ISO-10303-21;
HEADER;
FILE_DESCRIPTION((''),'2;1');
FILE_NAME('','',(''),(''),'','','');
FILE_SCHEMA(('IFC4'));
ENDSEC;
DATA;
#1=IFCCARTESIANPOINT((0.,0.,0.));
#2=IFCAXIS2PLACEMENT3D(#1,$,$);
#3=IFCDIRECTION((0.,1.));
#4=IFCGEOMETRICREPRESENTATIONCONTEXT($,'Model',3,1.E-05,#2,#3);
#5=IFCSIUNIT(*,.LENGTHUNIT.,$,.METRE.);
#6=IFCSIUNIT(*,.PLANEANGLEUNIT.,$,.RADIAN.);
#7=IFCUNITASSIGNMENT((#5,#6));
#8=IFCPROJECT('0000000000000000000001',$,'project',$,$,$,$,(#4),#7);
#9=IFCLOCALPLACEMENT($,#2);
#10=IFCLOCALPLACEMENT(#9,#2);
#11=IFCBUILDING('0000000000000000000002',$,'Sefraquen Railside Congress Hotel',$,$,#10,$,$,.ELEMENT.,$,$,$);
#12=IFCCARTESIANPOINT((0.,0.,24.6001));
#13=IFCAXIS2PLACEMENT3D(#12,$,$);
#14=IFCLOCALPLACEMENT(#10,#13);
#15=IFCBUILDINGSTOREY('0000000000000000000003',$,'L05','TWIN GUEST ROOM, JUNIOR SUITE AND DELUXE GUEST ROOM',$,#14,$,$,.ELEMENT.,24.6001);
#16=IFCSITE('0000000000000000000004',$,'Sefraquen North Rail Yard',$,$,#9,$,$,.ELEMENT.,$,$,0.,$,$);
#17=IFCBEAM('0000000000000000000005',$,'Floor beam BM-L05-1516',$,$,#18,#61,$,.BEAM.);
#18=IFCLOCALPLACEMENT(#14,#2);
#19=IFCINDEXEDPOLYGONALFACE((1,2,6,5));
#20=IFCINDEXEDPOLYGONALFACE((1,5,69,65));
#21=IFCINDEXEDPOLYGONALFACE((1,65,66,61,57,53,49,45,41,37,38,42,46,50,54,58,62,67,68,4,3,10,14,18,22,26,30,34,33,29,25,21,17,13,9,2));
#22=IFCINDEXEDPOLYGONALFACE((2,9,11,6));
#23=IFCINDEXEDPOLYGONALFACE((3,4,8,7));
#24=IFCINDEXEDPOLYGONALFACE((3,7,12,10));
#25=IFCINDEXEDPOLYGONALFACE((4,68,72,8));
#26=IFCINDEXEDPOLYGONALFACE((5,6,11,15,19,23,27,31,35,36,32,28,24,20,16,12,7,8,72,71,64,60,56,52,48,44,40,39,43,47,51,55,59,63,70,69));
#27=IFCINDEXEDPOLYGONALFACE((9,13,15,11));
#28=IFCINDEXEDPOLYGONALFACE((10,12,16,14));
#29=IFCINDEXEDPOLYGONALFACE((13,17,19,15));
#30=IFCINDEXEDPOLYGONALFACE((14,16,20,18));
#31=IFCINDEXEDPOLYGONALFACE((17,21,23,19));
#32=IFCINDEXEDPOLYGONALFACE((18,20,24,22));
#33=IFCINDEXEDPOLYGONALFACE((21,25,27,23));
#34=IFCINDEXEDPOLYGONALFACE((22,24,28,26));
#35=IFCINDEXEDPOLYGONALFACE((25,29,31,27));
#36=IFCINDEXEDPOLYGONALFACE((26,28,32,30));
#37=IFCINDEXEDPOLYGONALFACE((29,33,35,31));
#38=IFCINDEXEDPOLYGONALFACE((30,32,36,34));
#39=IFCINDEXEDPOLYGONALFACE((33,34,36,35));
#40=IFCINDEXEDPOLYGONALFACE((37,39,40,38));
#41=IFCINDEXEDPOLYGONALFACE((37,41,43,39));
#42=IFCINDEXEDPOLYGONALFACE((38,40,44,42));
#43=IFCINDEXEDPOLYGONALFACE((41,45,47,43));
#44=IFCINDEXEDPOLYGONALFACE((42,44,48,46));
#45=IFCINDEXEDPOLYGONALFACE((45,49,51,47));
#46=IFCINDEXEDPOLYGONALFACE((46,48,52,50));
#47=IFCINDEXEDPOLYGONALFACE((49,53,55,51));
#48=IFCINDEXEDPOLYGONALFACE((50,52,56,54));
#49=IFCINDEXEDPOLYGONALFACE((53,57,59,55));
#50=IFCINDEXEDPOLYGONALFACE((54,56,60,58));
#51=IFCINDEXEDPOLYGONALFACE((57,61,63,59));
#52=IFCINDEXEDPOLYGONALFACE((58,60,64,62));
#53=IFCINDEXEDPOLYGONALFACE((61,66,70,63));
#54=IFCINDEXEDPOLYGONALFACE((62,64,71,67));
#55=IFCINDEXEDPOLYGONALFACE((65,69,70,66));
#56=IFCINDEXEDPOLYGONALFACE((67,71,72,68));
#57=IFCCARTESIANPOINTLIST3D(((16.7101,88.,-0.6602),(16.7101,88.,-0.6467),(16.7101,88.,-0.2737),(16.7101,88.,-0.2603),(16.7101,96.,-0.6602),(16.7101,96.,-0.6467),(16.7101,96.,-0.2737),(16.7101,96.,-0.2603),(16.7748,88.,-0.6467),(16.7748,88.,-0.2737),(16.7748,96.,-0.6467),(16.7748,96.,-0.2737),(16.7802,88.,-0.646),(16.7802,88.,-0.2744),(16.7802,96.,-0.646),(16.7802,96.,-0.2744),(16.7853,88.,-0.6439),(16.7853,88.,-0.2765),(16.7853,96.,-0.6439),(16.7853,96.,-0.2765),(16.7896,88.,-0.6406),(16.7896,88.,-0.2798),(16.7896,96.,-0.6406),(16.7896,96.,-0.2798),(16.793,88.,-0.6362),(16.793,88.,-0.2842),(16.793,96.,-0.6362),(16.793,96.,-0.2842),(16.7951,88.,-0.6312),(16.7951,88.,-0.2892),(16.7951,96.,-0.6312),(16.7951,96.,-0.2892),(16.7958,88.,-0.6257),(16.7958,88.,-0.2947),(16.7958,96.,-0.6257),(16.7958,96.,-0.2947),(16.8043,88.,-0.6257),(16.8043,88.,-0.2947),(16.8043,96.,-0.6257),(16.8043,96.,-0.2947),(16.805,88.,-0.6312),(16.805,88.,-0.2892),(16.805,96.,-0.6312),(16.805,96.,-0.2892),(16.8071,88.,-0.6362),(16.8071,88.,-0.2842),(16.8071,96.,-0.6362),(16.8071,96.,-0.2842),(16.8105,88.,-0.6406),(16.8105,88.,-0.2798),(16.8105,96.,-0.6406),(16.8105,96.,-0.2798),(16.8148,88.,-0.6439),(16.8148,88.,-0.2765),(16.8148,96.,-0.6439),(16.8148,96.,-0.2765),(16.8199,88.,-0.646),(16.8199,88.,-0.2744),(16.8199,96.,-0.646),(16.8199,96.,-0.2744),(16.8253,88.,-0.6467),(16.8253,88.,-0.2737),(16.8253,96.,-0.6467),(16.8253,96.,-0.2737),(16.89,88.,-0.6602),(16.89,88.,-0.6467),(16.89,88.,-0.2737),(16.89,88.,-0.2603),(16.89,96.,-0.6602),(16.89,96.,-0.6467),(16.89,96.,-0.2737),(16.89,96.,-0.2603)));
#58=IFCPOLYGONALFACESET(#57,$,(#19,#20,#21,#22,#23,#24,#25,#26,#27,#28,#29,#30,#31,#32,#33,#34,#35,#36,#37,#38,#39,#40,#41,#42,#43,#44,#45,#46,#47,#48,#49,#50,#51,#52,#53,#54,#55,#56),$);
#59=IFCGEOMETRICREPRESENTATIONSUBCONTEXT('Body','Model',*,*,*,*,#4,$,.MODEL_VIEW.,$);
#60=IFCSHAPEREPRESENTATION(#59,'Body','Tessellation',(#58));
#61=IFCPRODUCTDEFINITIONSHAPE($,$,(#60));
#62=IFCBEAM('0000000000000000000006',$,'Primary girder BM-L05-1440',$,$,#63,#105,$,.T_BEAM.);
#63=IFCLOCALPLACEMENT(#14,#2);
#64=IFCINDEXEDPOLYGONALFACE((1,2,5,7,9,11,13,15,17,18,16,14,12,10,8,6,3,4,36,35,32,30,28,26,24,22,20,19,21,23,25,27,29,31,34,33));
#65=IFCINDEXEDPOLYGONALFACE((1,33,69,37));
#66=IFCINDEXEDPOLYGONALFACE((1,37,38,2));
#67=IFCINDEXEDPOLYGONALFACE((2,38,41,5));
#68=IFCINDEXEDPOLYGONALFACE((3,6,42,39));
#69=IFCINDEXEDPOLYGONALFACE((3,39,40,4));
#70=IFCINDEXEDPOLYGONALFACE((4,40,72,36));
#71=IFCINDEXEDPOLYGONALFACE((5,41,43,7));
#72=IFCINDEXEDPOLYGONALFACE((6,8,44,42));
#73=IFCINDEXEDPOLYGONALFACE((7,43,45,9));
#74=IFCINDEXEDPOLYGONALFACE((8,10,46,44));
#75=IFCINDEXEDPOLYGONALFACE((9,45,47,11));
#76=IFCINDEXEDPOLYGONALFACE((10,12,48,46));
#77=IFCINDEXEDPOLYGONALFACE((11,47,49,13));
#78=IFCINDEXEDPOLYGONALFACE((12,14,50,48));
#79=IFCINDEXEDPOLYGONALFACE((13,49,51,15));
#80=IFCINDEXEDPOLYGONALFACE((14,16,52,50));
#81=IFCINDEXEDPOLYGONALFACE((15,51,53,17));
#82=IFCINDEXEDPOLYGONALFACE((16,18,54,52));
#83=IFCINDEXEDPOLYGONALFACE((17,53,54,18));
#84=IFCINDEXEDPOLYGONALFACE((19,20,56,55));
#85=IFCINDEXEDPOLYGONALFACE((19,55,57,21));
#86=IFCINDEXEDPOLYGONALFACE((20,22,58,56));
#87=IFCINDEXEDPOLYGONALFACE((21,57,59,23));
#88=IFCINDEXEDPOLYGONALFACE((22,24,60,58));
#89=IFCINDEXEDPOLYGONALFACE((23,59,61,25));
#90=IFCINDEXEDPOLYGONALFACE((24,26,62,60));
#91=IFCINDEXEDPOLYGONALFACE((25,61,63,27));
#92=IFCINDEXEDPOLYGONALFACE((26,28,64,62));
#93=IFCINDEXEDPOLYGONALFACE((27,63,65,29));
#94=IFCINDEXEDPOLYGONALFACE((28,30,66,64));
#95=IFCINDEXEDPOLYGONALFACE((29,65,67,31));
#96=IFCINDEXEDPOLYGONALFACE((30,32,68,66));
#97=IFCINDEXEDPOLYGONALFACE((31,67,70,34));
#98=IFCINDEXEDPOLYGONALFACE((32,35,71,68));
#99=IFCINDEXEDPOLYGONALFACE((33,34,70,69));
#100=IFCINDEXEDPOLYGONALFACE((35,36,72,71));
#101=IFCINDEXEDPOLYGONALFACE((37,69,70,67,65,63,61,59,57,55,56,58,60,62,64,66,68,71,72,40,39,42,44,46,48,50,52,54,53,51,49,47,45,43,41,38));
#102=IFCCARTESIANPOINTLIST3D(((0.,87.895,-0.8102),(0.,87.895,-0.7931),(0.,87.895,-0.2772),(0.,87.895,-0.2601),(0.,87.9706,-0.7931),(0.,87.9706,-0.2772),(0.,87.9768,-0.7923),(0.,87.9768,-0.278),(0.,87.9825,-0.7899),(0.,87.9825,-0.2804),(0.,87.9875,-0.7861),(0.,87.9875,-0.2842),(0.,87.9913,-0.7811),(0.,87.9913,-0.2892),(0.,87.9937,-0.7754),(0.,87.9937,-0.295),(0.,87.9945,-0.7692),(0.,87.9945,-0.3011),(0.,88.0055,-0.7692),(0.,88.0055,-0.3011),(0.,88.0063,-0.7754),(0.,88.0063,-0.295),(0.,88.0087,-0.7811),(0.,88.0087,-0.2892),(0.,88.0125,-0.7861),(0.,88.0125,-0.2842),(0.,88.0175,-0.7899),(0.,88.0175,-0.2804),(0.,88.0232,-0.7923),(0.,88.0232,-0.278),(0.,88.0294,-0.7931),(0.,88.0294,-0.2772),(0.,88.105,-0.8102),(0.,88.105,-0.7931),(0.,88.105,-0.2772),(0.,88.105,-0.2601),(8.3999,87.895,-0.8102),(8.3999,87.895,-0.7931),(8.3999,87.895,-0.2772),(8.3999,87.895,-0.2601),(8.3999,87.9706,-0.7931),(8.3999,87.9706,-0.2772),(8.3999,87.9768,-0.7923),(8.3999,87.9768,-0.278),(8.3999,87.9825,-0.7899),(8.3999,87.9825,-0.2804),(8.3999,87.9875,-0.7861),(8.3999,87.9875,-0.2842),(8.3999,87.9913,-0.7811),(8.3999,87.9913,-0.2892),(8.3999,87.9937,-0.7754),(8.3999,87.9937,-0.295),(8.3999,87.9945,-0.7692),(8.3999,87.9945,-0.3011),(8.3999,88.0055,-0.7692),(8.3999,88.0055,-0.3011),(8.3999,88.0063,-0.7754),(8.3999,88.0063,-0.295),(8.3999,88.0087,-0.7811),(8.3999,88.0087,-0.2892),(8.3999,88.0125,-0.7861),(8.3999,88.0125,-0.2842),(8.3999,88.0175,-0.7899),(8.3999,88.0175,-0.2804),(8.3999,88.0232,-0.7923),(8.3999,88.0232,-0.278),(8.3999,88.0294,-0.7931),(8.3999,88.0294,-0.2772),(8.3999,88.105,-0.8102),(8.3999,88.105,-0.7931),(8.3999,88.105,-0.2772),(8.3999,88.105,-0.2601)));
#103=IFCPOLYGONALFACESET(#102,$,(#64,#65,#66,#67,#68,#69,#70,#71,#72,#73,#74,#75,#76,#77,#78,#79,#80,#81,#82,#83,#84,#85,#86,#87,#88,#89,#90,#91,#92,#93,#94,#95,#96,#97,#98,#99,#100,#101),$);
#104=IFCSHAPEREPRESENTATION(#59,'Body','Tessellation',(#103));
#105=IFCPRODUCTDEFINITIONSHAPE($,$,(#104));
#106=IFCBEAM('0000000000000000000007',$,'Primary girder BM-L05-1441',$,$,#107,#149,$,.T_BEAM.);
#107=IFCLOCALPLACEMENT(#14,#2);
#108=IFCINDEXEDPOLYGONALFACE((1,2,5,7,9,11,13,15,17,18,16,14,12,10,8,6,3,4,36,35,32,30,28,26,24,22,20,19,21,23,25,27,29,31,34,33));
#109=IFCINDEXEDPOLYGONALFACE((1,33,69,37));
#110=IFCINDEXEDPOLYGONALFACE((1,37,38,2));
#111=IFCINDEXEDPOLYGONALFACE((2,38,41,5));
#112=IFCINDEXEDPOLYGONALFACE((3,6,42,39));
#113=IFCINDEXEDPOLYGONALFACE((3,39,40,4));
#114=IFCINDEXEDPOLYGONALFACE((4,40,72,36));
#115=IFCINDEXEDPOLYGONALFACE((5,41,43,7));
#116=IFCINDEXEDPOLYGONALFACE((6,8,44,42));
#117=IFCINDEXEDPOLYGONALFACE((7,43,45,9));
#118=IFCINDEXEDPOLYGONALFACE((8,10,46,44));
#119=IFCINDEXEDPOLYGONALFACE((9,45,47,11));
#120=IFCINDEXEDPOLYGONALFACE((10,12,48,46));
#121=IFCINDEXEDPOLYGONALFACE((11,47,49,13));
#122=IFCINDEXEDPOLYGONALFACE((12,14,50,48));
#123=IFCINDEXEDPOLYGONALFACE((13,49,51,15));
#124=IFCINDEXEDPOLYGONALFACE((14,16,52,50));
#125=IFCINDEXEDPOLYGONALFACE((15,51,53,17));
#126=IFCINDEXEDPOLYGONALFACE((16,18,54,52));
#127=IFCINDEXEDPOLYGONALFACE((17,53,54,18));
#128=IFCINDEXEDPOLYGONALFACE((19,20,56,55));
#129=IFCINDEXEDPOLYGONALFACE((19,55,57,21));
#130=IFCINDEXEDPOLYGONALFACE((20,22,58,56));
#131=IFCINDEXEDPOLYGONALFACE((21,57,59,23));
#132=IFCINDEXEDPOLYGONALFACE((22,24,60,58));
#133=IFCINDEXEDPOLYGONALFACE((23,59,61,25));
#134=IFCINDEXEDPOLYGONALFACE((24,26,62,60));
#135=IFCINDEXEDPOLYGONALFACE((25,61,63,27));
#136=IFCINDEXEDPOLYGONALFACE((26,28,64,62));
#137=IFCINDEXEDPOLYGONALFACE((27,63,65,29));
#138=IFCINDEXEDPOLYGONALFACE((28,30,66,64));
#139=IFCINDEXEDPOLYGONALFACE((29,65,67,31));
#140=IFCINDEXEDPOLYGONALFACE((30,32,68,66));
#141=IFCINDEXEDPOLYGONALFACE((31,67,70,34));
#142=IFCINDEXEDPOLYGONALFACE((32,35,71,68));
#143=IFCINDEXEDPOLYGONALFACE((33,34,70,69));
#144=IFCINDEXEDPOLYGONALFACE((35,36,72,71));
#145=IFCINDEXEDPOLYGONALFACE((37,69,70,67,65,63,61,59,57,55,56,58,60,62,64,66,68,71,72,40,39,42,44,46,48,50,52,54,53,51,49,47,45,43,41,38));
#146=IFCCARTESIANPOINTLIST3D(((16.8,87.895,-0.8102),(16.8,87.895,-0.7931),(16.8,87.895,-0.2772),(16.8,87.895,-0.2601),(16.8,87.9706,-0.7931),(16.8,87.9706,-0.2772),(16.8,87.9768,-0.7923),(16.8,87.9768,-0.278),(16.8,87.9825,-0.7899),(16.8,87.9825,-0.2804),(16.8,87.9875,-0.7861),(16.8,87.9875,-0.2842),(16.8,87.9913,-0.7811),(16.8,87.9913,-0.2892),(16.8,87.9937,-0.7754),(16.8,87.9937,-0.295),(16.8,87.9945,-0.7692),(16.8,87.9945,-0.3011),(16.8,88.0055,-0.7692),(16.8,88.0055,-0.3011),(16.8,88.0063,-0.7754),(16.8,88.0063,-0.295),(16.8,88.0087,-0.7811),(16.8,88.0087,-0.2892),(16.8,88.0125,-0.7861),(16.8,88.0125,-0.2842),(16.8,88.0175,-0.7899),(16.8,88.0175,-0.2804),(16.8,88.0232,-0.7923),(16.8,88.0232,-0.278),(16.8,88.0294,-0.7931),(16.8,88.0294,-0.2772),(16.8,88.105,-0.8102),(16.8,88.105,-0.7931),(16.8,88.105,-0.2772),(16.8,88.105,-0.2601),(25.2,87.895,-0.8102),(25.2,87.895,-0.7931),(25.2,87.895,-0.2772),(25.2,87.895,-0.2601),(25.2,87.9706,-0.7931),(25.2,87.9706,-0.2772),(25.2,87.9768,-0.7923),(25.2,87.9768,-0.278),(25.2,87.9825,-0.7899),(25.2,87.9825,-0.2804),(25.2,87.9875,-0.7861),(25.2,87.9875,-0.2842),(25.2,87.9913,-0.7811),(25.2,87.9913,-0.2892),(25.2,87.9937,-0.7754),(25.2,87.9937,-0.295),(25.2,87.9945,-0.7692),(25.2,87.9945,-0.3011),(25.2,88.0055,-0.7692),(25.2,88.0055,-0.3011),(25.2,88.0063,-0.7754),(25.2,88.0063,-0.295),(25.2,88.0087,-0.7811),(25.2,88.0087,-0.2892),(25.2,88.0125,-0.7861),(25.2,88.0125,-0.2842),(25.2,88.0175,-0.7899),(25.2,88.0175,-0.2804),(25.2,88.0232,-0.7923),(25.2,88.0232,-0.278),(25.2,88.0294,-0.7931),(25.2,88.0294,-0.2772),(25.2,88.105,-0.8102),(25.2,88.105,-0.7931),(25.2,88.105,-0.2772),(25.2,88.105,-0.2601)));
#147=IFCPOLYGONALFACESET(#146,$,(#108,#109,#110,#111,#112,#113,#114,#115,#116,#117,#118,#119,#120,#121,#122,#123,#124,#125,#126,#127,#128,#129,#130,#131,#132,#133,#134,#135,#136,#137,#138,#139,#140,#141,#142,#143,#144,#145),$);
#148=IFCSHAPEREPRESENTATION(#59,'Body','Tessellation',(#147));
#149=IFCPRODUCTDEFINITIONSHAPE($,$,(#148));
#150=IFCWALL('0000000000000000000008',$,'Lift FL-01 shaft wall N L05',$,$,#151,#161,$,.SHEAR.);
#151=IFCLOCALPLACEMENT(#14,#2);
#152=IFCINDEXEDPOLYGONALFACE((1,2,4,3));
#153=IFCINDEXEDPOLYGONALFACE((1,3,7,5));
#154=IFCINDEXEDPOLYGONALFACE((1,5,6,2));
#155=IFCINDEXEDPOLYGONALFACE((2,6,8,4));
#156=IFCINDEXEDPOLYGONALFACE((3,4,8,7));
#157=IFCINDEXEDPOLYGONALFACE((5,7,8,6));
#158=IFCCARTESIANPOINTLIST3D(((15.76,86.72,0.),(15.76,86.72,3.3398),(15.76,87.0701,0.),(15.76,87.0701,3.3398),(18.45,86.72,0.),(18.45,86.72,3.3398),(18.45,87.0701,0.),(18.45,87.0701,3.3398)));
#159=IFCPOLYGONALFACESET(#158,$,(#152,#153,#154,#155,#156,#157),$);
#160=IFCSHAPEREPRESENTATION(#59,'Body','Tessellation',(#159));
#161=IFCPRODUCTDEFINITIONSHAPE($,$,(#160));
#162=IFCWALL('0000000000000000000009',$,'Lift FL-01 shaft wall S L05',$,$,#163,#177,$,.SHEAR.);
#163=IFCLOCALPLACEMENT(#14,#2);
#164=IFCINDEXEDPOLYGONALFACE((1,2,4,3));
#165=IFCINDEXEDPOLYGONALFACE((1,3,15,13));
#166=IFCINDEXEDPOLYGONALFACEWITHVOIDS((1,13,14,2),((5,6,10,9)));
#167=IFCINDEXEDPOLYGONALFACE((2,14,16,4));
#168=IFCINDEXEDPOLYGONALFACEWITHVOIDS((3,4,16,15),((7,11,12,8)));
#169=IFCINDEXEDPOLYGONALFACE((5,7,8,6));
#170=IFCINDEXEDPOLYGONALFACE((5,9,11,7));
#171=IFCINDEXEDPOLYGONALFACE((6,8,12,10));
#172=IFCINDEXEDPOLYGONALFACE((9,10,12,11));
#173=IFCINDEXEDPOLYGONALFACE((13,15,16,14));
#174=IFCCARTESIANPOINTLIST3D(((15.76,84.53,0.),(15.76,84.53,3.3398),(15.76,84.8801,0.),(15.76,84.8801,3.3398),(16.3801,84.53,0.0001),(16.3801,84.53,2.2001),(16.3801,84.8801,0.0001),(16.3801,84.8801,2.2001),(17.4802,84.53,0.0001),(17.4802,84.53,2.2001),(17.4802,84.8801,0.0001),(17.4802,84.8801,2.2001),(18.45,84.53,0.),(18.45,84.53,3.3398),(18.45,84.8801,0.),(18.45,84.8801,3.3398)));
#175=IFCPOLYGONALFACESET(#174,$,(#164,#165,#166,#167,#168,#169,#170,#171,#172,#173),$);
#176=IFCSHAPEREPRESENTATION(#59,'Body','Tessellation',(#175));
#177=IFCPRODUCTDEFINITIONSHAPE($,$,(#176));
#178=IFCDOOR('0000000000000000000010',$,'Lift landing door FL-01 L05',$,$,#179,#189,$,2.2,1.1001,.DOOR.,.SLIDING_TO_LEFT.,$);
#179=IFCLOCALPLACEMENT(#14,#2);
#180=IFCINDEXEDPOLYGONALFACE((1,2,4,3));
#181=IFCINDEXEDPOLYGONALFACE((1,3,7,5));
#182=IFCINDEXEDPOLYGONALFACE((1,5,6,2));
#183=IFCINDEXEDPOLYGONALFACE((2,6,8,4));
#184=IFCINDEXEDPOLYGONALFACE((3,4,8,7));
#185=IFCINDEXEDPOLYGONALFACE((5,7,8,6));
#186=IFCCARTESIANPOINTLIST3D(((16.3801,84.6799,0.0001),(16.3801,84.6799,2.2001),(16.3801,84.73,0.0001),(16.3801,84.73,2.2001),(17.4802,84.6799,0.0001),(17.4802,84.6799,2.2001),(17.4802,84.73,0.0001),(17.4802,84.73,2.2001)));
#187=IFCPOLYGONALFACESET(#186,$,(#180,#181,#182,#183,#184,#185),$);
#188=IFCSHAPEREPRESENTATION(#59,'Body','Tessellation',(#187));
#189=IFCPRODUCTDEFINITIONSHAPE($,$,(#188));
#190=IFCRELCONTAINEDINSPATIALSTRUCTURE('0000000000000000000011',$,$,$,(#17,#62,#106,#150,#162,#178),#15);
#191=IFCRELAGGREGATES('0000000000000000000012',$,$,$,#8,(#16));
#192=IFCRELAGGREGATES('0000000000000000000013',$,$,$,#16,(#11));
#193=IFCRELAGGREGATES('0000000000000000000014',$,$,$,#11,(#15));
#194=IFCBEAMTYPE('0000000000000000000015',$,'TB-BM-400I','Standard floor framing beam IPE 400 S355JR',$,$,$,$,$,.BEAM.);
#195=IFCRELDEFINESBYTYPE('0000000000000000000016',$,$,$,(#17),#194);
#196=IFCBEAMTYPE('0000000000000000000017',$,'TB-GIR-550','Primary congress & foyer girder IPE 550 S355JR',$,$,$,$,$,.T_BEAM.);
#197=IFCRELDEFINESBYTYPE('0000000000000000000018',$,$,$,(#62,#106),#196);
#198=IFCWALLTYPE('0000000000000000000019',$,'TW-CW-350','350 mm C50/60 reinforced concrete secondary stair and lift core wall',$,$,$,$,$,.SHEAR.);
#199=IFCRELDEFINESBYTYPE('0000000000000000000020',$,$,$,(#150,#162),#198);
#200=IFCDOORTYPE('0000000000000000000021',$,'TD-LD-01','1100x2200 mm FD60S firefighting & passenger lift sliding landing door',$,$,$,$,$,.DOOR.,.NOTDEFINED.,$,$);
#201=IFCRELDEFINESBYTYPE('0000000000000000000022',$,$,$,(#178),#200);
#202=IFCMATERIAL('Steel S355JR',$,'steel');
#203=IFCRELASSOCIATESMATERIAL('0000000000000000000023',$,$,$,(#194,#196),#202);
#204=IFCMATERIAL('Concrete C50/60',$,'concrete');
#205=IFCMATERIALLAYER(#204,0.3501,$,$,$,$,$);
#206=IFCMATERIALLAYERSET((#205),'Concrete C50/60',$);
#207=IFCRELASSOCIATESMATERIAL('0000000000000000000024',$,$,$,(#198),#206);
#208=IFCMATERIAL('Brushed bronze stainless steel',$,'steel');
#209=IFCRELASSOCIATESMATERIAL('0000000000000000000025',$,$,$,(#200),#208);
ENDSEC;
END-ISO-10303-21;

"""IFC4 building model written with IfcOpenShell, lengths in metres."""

from ifc_helpers import new_model, si_unit, direction, frame, frame_2d, origin, origin_2d, place, context, subcontext, project, spatial, rectangle, i_section, extrude, material, layer, layer_set, material_profile, profile_set, type_object, element, fill, save


model = new_model("IFC4")

# Units and contexts
model_context = context("Model", 3, precision=1e-05, world=origin(), true_north=direction((0.0, 1.0)))
body_context = subcontext(model_context, "Body", "Model", "MODEL_VIEW")
ifc_project = project(units=[si_unit("LENGTHUNIT", "METRE"), si_unit("PLANEANGLEUNIT", "RADIAN")], contexts=[model_context])

# Site, building, storey
site_placement = place(None, origin())
site = spatial("IfcSite", under=ifc_project, at=site_placement, Name="Sefraquen North Rail Yard", CompositionType="ELEMENT", RefElevation=0.0)
building_placement = place(site_placement, origin())
building = spatial("IfcBuilding", under=site, at=building_placement, Name="Sefraquen Railside Congress Hotel", CompositionType="ELEMENT")
storey_placement = place(building_placement, frame((0.0, 0.0, 24.6001)))
storey = spatial("IfcBuildingStorey", under=building, at=storey_placement, Name="L05", Description="TWIN GUEST ROOM, JUNIOR SUITE AND DELUXE GUEST ROOM", CompositionType="ELEMENT", Elevation=24.6001)

# Shared definitions
ifc_material_1 = material(Name="Steel S355JR", Category="steel")

# Beams
ifc_material_profile_1 = material_profile(ifc_material_1, i_section(OverallWidth=0.1799, OverallDepth=0.3999, WebThickness=0.0085, FlangeThickness=0.0134, FilletRadius=0.021, at=origin_2d()), Name="IPE 400")
ifc_profile_set_1 = profile_set([ifc_material_profile_1], Name="Steel S355JR")
beam_type_1 = type_object("IfcBeamType", Name="TB-BM-400I", Description="Standard floor framing beam IPE 400 S355JR", PredefinedType="BEAM", material=ifc_profile_set_1)
for number, where, z_axis, x_axis, name in (
    (1, (16.8, 88.0, -0.4602), (0.0, 1.0, 0.0), (-1.0, 0.0, 0.0), "Floor beam BM-L05-1516"),
):
    element("IfcBeam", number, at=place(storey_placement, frame(where, z_axis=z_axis, x_axis=x_axis)), inside=storey, type_object=beam_type_1, Name=name, PredefinedType="BEAM", context=body_context, shape_type="SweptSolid", body=[
        extrude(i_section(OverallWidth=0.1799, OverallDepth=0.3999, WebThickness=0.0085, FlangeThickness=0.0134, FilletRadius=0.021, at=origin_2d()), origin(), (0.0, 0.0, 1.0), 8.0),
    ])
ifc_material_profile_2 = material_profile(ifc_material_1, i_section(OverallWidth=0.21, OverallDepth=0.55, WebThickness=0.011, FlangeThickness=0.0171, FilletRadius=0.0239, at=origin_2d()), Name="IPE 550")
ifc_profile_set_2 = profile_set([ifc_material_profile_2], Name="Steel S355JR")
beam_type_2 = type_object("IfcBeamType", Name="TB-GIR-550", Description="Primary congress & foyer girder IPE 550 S355JR", PredefinedType="T_BEAM", material=ifc_profile_set_2)
for number, where, z_axis, x_axis, name in (
    (2, (0.0, 88.0, -0.5352), (1.0, 0.0, 0.0), (0.0, 1.0, 0.0), "Primary girder BM-L05-1440"),
    (3, (16.8, 88.0, -0.5352), (1.0, 0.0, 0.0), (0.0, 1.0, 0.0), "Primary girder BM-L05-1441"),
):
    element("IfcBeam", number, at=place(storey_placement, frame(where, z_axis=z_axis, x_axis=x_axis)), inside=storey, type_object=beam_type_2, Name=name, PredefinedType="T_BEAM", context=body_context, shape_type="SweptSolid", body=[
        extrude(i_section(OverallWidth=0.21, OverallDepth=0.55, WebThickness=0.011, FlangeThickness=0.0171, FilletRadius=0.0239, at=origin_2d()), origin(), (0.0, 0.0, 1.0), 8.3999),
    ])

# Wall
ifc_material_2 = material(Name="Concrete C50/60", Category="concrete")
ifc_layer_1 = layer(ifc_material_2, 0.3501)
ifc_layer_set_1 = layer_set([ifc_layer_1], Name="Concrete C50/60")
wall_type_1 = type_object("IfcWallType", Name="TW-CW-350", Description="350 mm C50/60 reinforced concrete secondary stair and lift core wall", PredefinedType="SHEAR", material=ifc_layer_set_1)
wall_1_placement = place(storey_placement, frame((15.76, 86.895, 0.0), z_axis=(0.0, 0.0, 1.0), x_axis=(1.0, 0.0, 0.0)))
element("IfcWall", 4, at=wall_1_placement, inside=storey, type_object=wall_type_1, Name="Lift FL-01 shaft wall N L05", PredefinedType="SHEAR", context=body_context, shape_type="SweptSolid", body=[
    extrude(rectangle(XDim=2.6899, YDim=0.3501, at=frame_2d((1.345, 0.0))), origin(), (0.0, 0.0, 1.0), 3.3398),
])

# Wall, opening, door
wall_2_placement = place(storey_placement, frame((15.76, 84.7051, 0.0), z_axis=(0.0, 0.0, 1.0), x_axis=(1.0, 0.0, 0.0)))
wall_2 = element("IfcWall", 5, at=wall_2_placement, inside=storey, type_object=wall_type_1, Name="Lift FL-01 shaft wall S L05", PredefinedType="SHEAR", context=body_context, shape_type="SweptSolid", body=[
    extrude(rectangle(XDim=2.6899, YDim=0.3501, at=frame_2d((1.345, 0.0))), origin(), (0.0, 0.0, 1.0), 3.3398),
])
opening_1_placement = place(wall_2_placement, frame((0.6201, 0.0, 0.0)))
opening_1 = element("IfcOpeningElement", 6, at=opening_1_placement, cuts=wall_2, PredefinedType="OPENING", context=body_context, shape_type="SweptSolid", body=[
    extrude(rectangle(XDim=1.1001, YDim=2.2, at=frame_2d((0.55, 1.1001))), frame((0.0, 0.1851, 0.0), z_axis=(0.0, -1.0, 0.0), x_axis=(1.0, 0.0, 0.0)), (0.0, 0.0, 1.0), 0.3701),
])
ifc_material_3 = material(Name="Brushed bronze stainless steel", Category="steel")
door_type_1 = type_object("IfcDoorType", Name="TD-LD-01", Description="1100x2200 mm FD60S firefighting & passenger lift sliding landing door", OperationType="NOTDEFINED", PredefinedType="DOOR", material=ifc_material_3)
door_1_placement = place(opening_1_placement, origin())
door_1 = element("IfcDoor", 7, at=door_1_placement, inside=storey, type_object=door_type_1, Name="Lift landing door FL-01 L05", OperationType="SLIDING_TO_LEFT", OverallHeight=2.2, OverallWidth=1.1001, PredefinedType="DOOR", context=body_context, shape_type="SweptSolid", body=[
    extrude(rectangle(XDim=1.1001, YDim=2.2, at=frame_2d((0.55, 1.1001))), frame((0.0, 0.0249, 0.0), z_axis=(0.0, -1.0, 0.0), x_axis=(1.0, 0.0, 0.0)), (0.0, 0.0, 1.0), 0.05),
])
fill(opening_1, door_1)

save(model, "model.ifc")
